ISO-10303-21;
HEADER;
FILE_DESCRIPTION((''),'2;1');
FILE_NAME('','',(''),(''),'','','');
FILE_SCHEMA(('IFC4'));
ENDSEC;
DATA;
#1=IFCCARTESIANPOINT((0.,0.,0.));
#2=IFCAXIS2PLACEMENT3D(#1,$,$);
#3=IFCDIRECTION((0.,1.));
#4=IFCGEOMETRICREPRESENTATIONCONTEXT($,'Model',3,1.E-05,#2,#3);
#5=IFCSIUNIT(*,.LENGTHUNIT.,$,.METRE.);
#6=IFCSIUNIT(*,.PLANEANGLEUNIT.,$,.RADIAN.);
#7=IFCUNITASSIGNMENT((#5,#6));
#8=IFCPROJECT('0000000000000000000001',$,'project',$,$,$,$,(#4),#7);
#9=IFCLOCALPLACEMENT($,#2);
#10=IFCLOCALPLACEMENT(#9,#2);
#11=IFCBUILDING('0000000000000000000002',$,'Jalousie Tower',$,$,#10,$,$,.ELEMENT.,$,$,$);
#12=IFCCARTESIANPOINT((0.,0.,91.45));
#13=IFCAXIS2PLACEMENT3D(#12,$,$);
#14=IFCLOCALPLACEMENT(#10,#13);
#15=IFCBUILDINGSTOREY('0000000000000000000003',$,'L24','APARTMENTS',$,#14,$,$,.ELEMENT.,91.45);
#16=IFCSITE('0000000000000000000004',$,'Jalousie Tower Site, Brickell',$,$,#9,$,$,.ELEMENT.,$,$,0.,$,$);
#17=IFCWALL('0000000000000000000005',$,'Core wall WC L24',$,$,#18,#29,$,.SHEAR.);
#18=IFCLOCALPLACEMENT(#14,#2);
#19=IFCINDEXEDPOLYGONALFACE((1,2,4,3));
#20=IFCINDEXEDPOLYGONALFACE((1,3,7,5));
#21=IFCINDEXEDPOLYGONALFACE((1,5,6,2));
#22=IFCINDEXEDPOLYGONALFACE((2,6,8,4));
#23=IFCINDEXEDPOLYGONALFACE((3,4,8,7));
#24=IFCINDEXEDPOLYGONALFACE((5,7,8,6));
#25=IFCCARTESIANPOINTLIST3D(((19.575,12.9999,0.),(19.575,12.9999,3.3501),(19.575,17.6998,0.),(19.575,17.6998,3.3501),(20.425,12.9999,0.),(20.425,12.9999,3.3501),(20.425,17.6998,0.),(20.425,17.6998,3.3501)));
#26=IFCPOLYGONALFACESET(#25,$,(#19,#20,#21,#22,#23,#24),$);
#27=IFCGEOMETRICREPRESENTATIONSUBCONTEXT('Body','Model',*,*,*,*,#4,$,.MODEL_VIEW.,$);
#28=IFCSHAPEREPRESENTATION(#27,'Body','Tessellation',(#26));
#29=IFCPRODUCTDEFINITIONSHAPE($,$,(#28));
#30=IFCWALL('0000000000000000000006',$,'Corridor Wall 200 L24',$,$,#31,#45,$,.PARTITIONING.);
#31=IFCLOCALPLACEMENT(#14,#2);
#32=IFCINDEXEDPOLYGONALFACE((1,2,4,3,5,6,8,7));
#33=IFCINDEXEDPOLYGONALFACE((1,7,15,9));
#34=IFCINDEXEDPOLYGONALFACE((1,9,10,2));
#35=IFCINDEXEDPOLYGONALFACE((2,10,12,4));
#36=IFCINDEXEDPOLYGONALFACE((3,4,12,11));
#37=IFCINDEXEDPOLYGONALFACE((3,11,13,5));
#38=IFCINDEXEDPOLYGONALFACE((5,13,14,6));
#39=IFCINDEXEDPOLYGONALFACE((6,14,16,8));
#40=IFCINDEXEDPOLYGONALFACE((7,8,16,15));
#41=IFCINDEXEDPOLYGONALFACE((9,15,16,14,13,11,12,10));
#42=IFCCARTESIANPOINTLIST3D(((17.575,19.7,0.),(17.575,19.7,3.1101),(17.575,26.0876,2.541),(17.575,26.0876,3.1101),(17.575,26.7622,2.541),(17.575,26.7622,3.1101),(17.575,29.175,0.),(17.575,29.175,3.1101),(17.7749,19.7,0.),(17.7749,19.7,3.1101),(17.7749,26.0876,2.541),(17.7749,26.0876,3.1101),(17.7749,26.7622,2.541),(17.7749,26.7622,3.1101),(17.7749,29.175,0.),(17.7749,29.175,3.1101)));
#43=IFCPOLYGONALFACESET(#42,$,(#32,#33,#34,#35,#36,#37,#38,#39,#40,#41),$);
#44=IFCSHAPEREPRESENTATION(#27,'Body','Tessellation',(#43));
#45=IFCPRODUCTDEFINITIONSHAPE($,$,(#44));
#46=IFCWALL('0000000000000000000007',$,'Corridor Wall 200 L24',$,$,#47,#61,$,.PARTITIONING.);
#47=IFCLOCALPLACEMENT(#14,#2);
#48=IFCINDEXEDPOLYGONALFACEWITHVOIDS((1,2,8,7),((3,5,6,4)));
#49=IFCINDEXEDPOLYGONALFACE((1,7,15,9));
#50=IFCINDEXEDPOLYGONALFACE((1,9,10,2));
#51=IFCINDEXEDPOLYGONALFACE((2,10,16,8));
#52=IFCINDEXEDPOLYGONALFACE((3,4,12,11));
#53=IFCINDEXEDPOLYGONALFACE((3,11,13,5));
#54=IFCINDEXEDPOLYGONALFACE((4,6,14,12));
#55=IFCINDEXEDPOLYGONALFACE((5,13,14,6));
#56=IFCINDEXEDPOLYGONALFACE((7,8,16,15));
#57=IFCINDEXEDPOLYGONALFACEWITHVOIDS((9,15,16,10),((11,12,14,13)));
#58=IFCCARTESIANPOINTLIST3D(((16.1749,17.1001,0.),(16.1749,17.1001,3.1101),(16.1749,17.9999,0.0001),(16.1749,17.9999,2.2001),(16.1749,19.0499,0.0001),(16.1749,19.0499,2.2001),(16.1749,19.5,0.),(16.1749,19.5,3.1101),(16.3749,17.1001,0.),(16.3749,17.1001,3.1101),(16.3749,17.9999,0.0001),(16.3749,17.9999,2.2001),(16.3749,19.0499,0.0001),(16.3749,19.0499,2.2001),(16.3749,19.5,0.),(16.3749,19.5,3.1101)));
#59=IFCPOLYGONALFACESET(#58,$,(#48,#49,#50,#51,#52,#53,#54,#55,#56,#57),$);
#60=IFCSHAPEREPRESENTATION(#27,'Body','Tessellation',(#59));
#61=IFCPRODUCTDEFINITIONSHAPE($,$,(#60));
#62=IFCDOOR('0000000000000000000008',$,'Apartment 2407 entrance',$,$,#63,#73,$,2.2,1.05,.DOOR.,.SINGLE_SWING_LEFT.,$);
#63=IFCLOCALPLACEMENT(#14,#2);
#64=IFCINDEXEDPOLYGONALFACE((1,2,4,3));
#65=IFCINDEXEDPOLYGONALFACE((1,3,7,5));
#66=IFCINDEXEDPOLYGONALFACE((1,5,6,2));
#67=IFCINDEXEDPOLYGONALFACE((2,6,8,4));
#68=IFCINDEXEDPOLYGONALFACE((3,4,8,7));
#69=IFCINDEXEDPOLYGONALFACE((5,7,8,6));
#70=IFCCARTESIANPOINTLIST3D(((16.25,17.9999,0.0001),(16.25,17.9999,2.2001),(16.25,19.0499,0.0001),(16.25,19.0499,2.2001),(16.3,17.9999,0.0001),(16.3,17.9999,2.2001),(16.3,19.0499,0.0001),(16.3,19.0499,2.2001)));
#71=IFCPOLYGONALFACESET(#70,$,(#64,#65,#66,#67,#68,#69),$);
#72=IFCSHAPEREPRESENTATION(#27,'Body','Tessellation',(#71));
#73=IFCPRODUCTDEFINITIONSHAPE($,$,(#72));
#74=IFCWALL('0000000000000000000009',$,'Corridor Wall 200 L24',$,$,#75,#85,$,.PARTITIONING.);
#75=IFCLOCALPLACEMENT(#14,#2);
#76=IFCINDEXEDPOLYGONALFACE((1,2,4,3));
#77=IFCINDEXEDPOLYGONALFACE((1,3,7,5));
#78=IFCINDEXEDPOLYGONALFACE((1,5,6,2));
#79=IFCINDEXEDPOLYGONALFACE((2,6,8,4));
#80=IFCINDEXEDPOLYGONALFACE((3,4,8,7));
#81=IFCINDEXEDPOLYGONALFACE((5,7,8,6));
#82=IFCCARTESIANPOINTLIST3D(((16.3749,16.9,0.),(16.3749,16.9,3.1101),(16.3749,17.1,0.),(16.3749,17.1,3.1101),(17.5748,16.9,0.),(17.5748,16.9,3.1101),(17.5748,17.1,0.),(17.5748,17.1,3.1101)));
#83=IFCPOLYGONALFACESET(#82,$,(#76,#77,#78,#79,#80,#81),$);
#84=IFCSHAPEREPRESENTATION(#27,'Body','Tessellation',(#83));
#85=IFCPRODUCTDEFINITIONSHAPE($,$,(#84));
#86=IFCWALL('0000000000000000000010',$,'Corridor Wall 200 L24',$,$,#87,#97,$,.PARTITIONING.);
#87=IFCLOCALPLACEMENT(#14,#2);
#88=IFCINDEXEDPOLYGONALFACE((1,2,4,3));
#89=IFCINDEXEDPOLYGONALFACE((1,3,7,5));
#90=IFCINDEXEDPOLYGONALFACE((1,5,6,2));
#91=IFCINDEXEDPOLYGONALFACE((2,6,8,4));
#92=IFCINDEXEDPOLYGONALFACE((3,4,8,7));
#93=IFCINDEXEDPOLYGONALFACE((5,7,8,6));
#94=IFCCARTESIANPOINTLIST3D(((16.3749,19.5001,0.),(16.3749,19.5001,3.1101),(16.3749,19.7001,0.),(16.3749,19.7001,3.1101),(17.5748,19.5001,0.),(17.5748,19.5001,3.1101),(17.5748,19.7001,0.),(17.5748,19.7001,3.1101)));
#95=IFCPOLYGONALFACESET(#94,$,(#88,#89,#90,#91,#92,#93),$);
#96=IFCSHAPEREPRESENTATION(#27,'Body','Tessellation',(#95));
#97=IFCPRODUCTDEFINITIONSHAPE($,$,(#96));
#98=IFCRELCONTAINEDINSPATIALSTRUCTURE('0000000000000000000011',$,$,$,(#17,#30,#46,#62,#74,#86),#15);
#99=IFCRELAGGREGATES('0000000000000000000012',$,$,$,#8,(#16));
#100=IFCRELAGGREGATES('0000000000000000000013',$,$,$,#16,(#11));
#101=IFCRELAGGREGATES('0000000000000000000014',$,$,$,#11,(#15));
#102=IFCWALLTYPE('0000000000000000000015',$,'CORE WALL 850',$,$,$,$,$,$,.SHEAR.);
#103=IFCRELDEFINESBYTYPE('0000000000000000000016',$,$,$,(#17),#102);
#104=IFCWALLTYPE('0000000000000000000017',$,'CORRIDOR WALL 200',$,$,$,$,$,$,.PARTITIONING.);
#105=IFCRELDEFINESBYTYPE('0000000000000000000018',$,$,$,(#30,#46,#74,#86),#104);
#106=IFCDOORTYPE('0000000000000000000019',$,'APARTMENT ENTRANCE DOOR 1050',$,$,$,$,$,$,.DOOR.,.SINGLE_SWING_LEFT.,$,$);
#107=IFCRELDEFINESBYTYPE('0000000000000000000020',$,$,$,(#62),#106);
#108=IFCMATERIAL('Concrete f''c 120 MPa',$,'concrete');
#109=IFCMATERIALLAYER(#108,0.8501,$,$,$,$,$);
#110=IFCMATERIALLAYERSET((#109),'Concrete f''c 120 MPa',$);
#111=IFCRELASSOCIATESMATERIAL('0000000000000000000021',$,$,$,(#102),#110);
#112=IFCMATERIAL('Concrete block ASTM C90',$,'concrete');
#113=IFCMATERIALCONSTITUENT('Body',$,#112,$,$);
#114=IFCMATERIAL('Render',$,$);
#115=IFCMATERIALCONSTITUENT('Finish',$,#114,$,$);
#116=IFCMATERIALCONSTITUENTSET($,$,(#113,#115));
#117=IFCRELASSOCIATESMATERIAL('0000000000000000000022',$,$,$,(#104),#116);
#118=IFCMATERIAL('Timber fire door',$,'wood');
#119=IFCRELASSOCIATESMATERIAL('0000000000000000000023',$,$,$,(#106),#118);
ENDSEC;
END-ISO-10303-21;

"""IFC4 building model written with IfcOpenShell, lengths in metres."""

from ifc_helpers import new_model, si_unit, direction, frame, frame_2d, origin, place, context, subcontext, project, spatial, polyline, rectangle, outline, extrude, material, layer, layer_set, constituent, constituent_set, type_object, element, fill, save


model = new_model("IFC4")

# Units and contexts
model_context = context("Model", 3, precision=1e-05, world=origin(), true_north=direction((0.0, 1.0)))
body_context = subcontext(model_context, "Body", "Model", "MODEL_VIEW")
ifc_project = project(units=[si_unit("LENGTHUNIT", "METRE"), si_unit("PLANEANGLEUNIT", "RADIAN")], contexts=[model_context])

# Site, building, storey
site_placement = place(None, origin())
site = spatial("IfcSite", under=ifc_project, at=site_placement, Name="Jalousie Tower Site, Brickell", CompositionType="ELEMENT", RefElevation=0.0)
building_placement = place(site_placement, origin())
building = spatial("IfcBuilding", under=site, at=building_placement, Name="Jalousie Tower", CompositionType="ELEMENT")
storey_placement = place(building_placement, frame((0.0, 0.0, 91.45)))
storey = spatial("IfcBuildingStorey", under=building, at=storey_placement, Name="L24", Description="APARTMENTS", CompositionType="ELEMENT", Elevation=91.45)

# Shared definitions
ifc_material_1 = material(Name="Concrete f'c 120 MPa", Category="concrete")
ifc_layer_1 = layer(ifc_material_1, 0.8501)
ifc_layer_set_1 = layer_set([ifc_layer_1], Name="Concrete f'c 120 MPa")
wall_type_1 = type_object("IfcWallType", Name="CORE WALL 850", PredefinedType="SHEAR", material=ifc_layer_set_1)

# Walls
wall_1_placement = place(storey_placement, frame((20.0, 17.7, 0.0), z_axis=(0.0, 0.0, 1.0), x_axis=(0.0, -1.0, 0.0)))
element("IfcWall", 1, at=wall_1_placement, inside=storey, type_object=wall_type_1, Name="Core wall WC L24", PredefinedType="SHEAR", context=body_context, shape_type="SweptSolid", body=[
    extrude(rectangle(XDim=4.7, YDim=0.8501, at=frame_2d((2.3501, 0.0))), origin(), (0.0, 0.0, 1.0), 3.3501),
])
ifc_material_2 = material(Name="Concrete block ASTM C90", Category="concrete")
ifc_constituent_1 = constituent(ifc_material_2, Name="Body")
ifc_material_3 = material(Name="Render")
ifc_constituent_2 = constituent(ifc_material_3, Name="Finish")
ifc_constituent_set = constituent_set(constituents=[ifc_constituent_1, ifc_constituent_2])
wall_type_2 = type_object("IfcWallType", Name="CORRIDOR WALL 200", PredefinedType="PARTITIONING", material=ifc_constituent_set)
wall_2_placement = place(storey_placement, frame((17.675, 19.7, 0.0), z_axis=(0.0, 0.0, 1.0), x_axis=(0.0, 1.0, 0.0)))
element("IfcWall", 2, at=wall_2_placement, inside=storey, type_object=wall_type_2, Name="Corridor Wall 200 L24", PredefinedType="PARTITIONING", context=body_context, shape_type="SweptSolid", body=[
    extrude(outline(polyline([(0.0, 0.0), (9.4751, 0.0), (9.4751, 3.1101), (7.0623, 3.1101), (7.0623, 2.541), (6.3877, 2.541), (6.3877, 3.1101), (0.0, 3.1101), (0.0, 0.0)])), frame((0.0, 0.1001, 0.0), z_axis=(0.0, -1.0, 0.0), x_axis=(1.0, 0.0, 0.0)), (0.0, 0.0, 1.0), 0.2),
])

# Wall, opening, door
wall_3_placement = place(storey_placement, frame((16.2749, 17.1001, 0.0), z_axis=(0.0, 0.0, 1.0), x_axis=(0.0, 1.0, 0.0)))
wall_3 = element("IfcWall", 3, at=wall_3_placement, inside=storey, type_object=wall_type_2, Name="Corridor Wall 200 L24", PredefinedType="PARTITIONING", context=body_context, shape_type="SweptSolid", body=[
    extrude(rectangle(XDim=2.3999, YDim=0.2, at=frame_2d((1.2, 0.0))), origin(), (0.0, 0.0, 1.0), 3.1101),
])
opening_1_placement = place(wall_3_placement, frame((0.8999, 0.0, 0.0)))
opening_1 = element("IfcOpeningElement", 4, at=opening_1_placement, cuts=wall_3, PredefinedType="OPENING", context=body_context, shape_type="SweptSolid", body=[
    extrude(rectangle(XDim=1.05, YDim=2.2, at=frame_2d((0.5249, 1.1001))), frame((0.0, 0.1099, 0.0), z_axis=(0.0, -1.0, 0.0), x_axis=(1.0, 0.0, 0.0)), (0.0, 0.0, 1.0), 0.22),
])
ifc_material_4 = material(Name="Timber fire door", Category="wood")
door_type_1 = type_object("IfcDoorType", Name="APARTMENT ENTRANCE DOOR 1050", OperationType="SINGLE_SWING_LEFT", PredefinedType="DOOR", material=ifc_material_4)
door_1_placement = place(opening_1_placement, origin())
door_1 = element("IfcDoor", 5, at=door_1_placement, inside=storey, type_object=door_type_1, Name="Apartment 2407 entrance", OperationType="SINGLE_SWING_LEFT", OverallHeight=2.2, OverallWidth=1.05, PredefinedType="DOOR", context=body_context, shape_type="SweptSolid", body=[
    extrude(rectangle(XDim=1.05, YDim=2.2, at=frame_2d((0.5249, 1.1001))), frame((0.0, 0.0249, 0.0), z_axis=(0.0, -1.0, 0.0), x_axis=(1.0, 0.0, 0.0)), (0.0, 0.0, 1.0), 0.05),
])
fill(opening_1, door_1)

# Walls
for number, where, z_axis, x_axis, name in (
    (6, (17.575, 17.0, 0.0), (0.0, 0.0, 1.0), (-1.0, 0.0, 0.0), "Corridor Wall 200 L24"),
    (7, (17.575, 19.6001, 0.0), (0.0, 0.0, 1.0), (-1.0, 0.0, 0.0), "Corridor Wall 200 L24"),
):
    element("IfcWall", number, at=place(storey_placement, frame(where, z_axis=z_axis, x_axis=x_axis)), inside=storey, type_object=wall_type_2, Name=name, PredefinedType="PARTITIONING", context=body_context, shape_type="SweptSolid", body=[
        extrude(rectangle(XDim=1.2, YDim=0.2, at=frame_2d((0.6001, 0.0))), origin(), (0.0, 0.0, 1.0), 3.1101),
    ])

save(model, "model.ifc")
